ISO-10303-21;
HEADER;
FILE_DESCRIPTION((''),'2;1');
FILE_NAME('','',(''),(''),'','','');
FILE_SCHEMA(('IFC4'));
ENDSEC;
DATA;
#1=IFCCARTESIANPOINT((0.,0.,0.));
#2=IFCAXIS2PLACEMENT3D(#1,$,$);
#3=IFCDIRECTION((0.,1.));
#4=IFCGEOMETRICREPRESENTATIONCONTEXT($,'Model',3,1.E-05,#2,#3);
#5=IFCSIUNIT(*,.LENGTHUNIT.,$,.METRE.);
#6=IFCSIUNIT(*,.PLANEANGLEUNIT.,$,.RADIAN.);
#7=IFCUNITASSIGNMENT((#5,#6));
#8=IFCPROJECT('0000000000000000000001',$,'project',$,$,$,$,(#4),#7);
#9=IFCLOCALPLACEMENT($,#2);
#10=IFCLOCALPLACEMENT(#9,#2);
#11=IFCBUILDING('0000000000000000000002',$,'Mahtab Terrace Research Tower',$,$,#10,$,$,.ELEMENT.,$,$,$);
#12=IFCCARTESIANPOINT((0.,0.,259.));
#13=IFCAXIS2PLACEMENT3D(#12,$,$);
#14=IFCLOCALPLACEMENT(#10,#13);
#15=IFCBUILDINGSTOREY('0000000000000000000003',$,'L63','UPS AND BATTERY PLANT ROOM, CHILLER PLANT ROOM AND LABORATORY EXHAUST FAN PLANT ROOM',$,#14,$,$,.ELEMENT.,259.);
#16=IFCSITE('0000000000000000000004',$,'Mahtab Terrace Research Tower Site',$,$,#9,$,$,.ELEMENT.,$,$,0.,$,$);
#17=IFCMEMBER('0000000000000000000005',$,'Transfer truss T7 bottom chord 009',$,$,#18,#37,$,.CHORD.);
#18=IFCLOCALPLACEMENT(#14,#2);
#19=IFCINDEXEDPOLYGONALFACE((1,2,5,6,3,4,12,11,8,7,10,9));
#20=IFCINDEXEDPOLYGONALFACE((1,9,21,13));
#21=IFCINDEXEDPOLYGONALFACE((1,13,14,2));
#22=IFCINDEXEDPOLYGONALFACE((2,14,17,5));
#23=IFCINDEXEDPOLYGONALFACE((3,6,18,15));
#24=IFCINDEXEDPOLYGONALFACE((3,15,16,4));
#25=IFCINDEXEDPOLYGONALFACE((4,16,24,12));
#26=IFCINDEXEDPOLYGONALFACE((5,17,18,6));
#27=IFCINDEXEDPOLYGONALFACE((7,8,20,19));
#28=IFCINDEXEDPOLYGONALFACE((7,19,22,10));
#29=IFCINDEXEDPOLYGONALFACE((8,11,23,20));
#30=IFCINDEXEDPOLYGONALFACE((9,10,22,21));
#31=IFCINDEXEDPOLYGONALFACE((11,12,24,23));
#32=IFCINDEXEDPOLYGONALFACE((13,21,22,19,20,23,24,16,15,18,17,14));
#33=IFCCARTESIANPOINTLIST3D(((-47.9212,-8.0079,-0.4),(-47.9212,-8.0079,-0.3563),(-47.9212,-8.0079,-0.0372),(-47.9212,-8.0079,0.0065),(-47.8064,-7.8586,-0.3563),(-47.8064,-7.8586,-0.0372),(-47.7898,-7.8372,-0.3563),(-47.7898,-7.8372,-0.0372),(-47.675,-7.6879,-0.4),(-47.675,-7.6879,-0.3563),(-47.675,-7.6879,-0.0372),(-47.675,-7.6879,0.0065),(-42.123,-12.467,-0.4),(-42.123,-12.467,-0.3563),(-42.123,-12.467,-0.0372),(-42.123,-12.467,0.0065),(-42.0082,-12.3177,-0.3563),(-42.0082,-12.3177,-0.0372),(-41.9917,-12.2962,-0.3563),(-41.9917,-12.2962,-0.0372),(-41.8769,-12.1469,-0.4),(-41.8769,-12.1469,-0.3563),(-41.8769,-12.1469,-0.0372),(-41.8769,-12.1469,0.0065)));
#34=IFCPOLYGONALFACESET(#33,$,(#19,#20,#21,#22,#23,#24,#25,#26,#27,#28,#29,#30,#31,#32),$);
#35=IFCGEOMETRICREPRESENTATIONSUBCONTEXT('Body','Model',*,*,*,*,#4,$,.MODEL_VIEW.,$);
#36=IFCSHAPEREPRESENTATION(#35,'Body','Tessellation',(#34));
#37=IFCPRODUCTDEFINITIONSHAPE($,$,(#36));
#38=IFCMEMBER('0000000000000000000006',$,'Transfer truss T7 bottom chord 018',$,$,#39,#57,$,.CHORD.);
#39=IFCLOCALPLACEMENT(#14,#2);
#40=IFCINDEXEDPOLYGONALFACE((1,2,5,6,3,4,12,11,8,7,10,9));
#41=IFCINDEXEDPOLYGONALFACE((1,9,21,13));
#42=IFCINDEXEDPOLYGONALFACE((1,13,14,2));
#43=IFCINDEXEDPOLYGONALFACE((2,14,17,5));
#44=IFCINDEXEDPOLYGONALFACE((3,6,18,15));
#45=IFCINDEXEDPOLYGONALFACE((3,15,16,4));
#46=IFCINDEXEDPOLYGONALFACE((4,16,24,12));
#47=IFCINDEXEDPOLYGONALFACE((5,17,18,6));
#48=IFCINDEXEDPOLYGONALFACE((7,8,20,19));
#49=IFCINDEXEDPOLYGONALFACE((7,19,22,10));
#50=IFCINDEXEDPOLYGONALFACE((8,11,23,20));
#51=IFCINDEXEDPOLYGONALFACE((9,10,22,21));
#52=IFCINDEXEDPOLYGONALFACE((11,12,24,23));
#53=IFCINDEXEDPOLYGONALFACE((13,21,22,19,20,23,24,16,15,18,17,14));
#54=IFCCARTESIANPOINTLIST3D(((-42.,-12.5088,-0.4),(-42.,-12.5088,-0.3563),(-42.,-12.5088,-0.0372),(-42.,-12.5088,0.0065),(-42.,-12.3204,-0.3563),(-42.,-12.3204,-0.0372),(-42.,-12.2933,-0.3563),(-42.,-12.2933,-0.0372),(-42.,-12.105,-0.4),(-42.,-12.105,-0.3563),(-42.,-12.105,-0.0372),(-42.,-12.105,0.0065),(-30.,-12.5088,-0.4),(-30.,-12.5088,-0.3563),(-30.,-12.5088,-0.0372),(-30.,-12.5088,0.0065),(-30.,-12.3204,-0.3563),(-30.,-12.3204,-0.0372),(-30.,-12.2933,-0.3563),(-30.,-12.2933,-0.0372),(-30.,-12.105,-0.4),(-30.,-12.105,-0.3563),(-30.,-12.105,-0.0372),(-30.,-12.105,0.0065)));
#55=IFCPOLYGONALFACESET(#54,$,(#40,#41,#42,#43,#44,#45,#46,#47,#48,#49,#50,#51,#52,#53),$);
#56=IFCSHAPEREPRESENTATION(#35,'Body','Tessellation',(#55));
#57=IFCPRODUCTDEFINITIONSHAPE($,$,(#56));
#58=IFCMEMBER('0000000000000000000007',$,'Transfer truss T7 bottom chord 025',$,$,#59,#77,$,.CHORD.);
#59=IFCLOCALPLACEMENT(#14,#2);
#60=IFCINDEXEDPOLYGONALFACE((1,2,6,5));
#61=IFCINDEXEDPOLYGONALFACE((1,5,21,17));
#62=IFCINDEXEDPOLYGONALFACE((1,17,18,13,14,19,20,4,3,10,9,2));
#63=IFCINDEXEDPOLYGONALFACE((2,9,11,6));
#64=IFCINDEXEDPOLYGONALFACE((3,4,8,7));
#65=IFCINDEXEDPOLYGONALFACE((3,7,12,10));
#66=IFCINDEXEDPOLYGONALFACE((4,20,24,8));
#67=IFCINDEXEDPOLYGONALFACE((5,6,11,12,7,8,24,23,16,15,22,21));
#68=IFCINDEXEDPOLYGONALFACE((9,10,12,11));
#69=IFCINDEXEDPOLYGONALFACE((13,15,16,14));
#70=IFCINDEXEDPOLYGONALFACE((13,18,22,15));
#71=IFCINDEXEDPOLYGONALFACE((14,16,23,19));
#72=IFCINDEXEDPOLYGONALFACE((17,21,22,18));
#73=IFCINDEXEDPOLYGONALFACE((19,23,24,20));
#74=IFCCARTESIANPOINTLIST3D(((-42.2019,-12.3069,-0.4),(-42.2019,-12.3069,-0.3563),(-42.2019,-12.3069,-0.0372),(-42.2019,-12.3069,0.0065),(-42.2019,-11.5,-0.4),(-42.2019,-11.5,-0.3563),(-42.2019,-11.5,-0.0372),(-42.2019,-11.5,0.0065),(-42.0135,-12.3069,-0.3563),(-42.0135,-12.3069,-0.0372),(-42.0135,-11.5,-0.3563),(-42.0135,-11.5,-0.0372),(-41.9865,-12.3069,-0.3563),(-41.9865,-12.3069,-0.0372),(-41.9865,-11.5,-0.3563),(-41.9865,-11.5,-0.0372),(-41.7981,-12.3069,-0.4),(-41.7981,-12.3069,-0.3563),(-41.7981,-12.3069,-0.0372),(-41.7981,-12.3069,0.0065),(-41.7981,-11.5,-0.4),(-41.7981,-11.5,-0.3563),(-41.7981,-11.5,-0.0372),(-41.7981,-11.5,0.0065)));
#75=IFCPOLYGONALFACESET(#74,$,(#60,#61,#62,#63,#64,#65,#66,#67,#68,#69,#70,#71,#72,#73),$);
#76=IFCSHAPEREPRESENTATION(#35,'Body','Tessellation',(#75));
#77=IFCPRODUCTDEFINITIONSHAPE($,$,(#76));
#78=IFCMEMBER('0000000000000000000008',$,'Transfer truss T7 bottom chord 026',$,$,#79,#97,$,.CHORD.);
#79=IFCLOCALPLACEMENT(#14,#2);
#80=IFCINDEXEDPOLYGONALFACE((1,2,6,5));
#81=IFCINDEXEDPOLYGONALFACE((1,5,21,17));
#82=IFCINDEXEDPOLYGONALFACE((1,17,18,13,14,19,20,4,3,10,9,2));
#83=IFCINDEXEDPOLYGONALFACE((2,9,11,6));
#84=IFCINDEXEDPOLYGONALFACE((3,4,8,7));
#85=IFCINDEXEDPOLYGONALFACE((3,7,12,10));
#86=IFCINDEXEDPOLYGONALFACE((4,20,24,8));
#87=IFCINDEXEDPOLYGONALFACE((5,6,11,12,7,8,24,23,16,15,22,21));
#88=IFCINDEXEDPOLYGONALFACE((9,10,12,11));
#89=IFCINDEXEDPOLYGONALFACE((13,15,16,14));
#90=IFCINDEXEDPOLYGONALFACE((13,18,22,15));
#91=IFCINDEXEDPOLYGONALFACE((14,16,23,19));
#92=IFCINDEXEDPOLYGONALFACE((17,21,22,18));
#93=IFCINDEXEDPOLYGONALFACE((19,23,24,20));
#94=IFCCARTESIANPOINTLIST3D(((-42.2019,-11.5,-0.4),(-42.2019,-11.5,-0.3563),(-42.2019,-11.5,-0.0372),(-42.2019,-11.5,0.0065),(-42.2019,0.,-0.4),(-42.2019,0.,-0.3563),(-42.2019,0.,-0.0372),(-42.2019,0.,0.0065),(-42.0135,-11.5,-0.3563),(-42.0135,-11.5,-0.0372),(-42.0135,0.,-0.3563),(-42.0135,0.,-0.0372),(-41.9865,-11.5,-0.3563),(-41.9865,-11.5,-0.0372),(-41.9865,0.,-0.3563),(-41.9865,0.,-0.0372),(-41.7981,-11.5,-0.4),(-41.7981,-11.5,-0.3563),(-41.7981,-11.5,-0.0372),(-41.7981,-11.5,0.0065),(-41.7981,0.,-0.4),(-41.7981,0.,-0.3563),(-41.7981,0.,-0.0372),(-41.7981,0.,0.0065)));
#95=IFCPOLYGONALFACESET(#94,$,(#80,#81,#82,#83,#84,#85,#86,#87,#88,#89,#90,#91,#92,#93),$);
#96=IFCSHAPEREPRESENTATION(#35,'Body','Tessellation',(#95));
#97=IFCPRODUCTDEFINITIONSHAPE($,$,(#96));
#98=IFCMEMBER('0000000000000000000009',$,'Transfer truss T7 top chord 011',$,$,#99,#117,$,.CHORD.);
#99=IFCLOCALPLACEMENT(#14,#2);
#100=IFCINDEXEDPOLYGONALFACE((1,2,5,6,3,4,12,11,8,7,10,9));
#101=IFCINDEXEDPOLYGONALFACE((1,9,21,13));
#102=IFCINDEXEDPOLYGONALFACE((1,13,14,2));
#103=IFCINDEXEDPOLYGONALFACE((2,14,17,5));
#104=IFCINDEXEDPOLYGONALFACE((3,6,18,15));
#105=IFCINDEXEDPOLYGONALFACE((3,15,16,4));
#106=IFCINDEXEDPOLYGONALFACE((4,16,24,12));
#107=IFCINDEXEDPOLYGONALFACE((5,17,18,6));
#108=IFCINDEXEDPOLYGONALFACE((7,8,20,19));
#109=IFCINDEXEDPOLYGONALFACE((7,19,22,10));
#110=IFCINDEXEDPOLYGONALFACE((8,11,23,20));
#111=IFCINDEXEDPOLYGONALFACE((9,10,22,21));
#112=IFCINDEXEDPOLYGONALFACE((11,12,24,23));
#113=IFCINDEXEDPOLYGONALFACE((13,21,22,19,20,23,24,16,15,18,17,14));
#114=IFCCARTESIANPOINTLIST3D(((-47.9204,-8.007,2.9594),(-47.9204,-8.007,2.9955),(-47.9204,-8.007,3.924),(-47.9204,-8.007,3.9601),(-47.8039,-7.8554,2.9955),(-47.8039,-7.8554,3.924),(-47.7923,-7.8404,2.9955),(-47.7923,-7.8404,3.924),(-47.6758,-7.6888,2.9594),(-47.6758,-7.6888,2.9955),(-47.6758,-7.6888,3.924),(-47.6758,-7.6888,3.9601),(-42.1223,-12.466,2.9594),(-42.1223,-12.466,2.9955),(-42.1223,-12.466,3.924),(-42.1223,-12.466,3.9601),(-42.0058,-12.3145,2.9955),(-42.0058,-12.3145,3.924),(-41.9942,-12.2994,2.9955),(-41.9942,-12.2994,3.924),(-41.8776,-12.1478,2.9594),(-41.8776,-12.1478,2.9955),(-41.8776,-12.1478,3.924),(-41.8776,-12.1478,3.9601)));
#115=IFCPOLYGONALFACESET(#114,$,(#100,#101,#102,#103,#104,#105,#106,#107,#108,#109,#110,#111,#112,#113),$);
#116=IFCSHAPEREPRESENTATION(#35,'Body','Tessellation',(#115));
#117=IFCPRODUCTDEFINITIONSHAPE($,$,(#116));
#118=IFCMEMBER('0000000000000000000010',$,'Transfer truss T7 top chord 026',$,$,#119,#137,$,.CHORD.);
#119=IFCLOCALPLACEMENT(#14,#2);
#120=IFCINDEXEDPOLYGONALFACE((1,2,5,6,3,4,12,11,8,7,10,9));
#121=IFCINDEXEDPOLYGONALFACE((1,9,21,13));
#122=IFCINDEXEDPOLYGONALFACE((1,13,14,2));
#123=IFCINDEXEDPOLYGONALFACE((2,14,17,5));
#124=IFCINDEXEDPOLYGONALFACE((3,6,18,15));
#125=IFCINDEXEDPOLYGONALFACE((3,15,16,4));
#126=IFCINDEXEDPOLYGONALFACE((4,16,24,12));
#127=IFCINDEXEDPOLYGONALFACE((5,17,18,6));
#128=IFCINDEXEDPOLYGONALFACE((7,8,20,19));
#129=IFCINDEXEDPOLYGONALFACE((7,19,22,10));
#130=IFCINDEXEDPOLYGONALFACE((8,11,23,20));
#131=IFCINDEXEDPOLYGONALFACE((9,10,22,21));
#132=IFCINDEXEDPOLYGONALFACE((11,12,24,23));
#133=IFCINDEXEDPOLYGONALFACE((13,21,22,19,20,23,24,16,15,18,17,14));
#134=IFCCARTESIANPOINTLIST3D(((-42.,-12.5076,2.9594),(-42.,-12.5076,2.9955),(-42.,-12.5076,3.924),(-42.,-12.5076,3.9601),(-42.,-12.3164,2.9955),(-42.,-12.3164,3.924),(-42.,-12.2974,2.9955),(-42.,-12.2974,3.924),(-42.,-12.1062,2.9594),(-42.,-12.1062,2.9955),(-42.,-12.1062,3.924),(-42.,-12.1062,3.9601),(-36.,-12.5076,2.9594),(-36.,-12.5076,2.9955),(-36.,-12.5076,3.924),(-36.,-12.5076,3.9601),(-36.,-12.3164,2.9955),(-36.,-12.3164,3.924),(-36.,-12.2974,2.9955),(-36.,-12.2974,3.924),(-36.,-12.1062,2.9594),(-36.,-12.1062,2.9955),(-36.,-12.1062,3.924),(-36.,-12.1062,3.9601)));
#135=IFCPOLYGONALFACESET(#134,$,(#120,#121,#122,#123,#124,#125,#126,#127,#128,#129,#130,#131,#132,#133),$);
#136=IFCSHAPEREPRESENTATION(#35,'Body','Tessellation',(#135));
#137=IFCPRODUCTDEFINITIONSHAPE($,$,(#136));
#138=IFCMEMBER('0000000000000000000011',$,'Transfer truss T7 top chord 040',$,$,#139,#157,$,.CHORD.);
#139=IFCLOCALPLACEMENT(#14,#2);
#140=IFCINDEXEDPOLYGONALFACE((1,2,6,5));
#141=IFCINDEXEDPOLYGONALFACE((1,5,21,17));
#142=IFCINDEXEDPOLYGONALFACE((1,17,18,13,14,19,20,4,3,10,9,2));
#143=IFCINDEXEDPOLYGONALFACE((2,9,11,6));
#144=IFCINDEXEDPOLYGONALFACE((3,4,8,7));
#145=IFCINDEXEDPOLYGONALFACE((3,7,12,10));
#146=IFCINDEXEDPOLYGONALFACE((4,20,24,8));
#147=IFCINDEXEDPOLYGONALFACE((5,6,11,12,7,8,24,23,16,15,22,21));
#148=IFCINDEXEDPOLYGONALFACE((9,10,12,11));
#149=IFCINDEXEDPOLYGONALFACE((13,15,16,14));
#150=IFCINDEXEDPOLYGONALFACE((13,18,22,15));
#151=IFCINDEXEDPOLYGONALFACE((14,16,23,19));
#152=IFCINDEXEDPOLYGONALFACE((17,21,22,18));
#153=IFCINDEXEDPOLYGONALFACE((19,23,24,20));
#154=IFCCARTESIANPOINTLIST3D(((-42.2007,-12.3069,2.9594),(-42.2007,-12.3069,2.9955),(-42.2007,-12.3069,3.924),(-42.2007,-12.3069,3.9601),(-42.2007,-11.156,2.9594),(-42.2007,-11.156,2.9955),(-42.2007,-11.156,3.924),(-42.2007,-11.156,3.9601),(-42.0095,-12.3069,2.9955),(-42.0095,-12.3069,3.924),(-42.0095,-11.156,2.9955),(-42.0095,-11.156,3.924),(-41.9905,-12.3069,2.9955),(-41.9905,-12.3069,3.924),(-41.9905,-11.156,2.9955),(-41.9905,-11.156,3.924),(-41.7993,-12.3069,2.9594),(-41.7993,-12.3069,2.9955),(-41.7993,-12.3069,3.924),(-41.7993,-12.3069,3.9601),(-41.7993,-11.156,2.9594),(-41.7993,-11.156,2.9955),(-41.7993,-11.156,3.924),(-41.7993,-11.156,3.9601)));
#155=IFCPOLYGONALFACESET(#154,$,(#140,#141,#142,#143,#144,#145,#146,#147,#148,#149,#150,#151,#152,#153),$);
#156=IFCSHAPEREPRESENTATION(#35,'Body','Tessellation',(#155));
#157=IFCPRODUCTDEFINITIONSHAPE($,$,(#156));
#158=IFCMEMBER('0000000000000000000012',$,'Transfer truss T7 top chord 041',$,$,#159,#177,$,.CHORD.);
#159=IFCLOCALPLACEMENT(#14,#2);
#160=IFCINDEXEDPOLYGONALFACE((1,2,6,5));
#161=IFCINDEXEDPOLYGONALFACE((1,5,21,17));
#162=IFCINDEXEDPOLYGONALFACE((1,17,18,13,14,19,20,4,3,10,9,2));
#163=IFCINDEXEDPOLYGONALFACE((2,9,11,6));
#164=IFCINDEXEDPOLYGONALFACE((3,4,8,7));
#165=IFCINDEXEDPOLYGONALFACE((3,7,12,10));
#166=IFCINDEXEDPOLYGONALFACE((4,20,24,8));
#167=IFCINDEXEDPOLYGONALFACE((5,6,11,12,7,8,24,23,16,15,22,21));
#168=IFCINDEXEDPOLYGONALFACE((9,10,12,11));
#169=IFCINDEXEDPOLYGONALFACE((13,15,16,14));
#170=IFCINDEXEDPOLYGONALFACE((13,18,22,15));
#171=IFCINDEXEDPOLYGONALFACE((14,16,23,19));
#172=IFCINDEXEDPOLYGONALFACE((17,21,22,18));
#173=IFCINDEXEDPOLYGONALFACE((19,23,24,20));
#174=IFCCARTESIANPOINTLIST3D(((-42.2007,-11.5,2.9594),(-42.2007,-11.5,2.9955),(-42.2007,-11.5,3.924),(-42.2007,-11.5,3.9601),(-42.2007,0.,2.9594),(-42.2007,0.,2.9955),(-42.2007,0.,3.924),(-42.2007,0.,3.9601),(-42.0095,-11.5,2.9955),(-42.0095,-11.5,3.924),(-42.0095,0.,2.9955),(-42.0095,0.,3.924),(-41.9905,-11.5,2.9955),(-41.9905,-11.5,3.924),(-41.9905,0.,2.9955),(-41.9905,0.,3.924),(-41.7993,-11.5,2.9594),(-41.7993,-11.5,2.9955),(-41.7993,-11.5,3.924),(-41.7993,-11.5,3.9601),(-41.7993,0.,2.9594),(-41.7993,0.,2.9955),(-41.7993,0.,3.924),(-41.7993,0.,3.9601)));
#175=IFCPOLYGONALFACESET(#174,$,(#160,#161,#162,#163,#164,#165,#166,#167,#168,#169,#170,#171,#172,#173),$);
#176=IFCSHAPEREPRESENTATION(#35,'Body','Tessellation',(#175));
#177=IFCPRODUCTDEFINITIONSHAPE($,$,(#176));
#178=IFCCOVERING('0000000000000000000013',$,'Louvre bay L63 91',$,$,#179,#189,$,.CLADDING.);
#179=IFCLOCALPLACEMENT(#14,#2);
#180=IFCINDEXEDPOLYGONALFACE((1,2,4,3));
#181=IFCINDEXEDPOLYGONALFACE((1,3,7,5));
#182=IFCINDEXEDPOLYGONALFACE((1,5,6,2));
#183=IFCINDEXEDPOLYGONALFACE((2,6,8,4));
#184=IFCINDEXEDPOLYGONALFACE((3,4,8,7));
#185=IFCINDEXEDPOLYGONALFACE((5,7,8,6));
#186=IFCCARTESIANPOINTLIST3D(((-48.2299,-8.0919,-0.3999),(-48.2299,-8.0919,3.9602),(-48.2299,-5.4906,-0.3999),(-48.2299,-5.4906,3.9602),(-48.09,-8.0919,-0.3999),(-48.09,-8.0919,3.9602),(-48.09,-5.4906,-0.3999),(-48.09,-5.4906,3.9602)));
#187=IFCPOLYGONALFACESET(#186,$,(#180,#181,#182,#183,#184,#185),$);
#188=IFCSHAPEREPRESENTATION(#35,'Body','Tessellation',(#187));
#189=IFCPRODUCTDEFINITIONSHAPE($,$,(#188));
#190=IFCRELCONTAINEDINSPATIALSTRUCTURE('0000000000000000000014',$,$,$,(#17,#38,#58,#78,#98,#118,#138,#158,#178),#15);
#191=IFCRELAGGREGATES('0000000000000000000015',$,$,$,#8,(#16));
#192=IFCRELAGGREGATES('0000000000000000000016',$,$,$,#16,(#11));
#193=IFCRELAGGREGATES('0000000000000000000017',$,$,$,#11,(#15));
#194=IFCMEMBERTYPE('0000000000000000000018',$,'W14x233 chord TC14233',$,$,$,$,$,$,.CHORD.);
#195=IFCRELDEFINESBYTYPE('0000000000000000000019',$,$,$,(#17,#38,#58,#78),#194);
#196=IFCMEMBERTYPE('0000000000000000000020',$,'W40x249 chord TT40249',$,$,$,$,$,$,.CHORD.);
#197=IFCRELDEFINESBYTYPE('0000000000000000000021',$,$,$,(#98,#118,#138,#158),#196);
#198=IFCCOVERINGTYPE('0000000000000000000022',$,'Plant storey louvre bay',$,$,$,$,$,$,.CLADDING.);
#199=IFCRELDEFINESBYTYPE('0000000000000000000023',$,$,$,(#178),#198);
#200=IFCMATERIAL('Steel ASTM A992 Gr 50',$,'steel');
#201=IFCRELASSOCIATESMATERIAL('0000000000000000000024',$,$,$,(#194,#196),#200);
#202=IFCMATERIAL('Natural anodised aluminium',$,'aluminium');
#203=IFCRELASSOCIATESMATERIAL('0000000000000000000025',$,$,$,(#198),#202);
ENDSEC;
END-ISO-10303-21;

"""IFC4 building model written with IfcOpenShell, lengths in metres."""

from ifc_helpers import new_model, si_unit, direction, frame, origin, origin_2d, place, context, subcontext, project, spatial, rectangle, i_section, extrude, material, material_profile, profile_set, type_object, element, save


model = new_model("IFC4")

# Units and contexts
model_context = context("Model", 3, precision=1e-05, world=origin(), true_north=direction((0.0, 1.0)))
body_context = subcontext(model_context, "Body", "Model", "MODEL_VIEW")
ifc_project = project(units=[si_unit("LENGTHUNIT", "METRE"), si_unit("PLANEANGLEUNIT", "RADIAN")], contexts=[model_context])

# Site, building, storey
site_placement = place(None, origin())
site = spatial("IfcSite", under=ifc_project, at=site_placement, Name="Mahtab Terrace Research Tower Site", CompositionType="ELEMENT", RefElevation=0.0)
building_placement = place(site_placement, origin())
building = spatial("IfcBuilding", under=site, at=building_placement, Name="Mahtab Terrace Research Tower", CompositionType="ELEMENT")
storey_placement = place(building_placement, frame((0.0, 0.0, 259.0)))
storey = spatial("IfcBuildingStorey", under=building, at=storey_placement, Name="L63", Description="UPS AND BATTERY PLANT ROOM, CHILLER PLANT ROOM AND LABORATORY EXHAUST FAN PLANT ROOM", CompositionType="ELEMENT", Elevation=259.0)

# Members
ifc_material_1 = material(Name="Steel ASTM A992 Gr 50", Category="steel")
ifc_material_profile_1 = material_profile(ifc_material_1, i_section(OverallWidth=0.4038, OverallDepth=0.4065, WebThickness=0.0271, FlangeThickness=0.0437, at=origin_2d()), Name="W14X233")
ifc_profile_set_1 = profile_set([ifc_material_profile_1], Name="Steel ASTM A992 Gr 50")
member_type_1 = type_object("IfcMemberType", Name="W14x233 chord TC14233", PredefinedType="CHORD", material=ifc_profile_set_1)
member_1_placement = place(storey_placement, frame((-47.7981, -7.8479, -0.1968), z_axis=(0.792696, -0.609617, 0.0), x_axis=(0.609617, 0.792696, 0.0)))
element("IfcMember", 1, at=member_1_placement, inside=storey, type_object=member_type_1, Name="Transfer truss T7 bottom chord 009", PredefinedType="CHORD", context=body_context, shape_type="SweptSolid", body=[
    extrude(i_section(OverallWidth=0.4038, OverallDepth=0.4065, WebThickness=0.0271, FlangeThickness=0.0437, at=origin_2d()), origin(), (0.0, 0.0, 1.0), 7.3145),
])
member_2_placement = place(storey_placement, frame((-42.0, -12.3069, -0.1968), z_axis=(1.0, 0.0, 0.0), x_axis=(0.0, 1.0, 0.0)))
element("IfcMember", 2, at=member_2_placement, inside=storey, type_object=member_type_1, Name="Transfer truss T7 bottom chord 018", PredefinedType="CHORD", context=body_context, shape_type="SweptSolid", body=[
    extrude(i_section(OverallWidth=0.4038, OverallDepth=0.4065, WebThickness=0.0271, FlangeThickness=0.0437, at=origin_2d()), origin(), (0.0, 0.0, 1.0), 12.0),
])
member_3_placement = place(storey_placement, frame((-42.0, -12.3069, -0.1968), z_axis=(0.0, 1.0, 0.0), x_axis=(-1.0, 0.0, 0.0)))
element("IfcMember", 3, at=member_3_placement, inside=storey, type_object=member_type_1, Name="Transfer truss T7 bottom chord 025", PredefinedType="CHORD", context=body_context, shape_type="SweptSolid", body=[
    extrude(i_section(OverallWidth=0.4038, OverallDepth=0.4065, WebThickness=0.0271, FlangeThickness=0.0437, at=origin_2d()), origin(), (0.0, 0.0, 1.0), 0.8069),
])
member_4_placement = place(storey_placement, frame((-42.0, -11.5, -0.1968), z_axis=(0.0, 1.0, 0.0), x_axis=(-1.0, 0.0, 0.0)))
element("IfcMember", 4, at=member_4_placement, inside=storey, type_object=member_type_1, Name="Transfer truss T7 bottom chord 026", PredefinedType="CHORD", context=body_context, shape_type="SweptSolid", body=[
    extrude(i_section(OverallWidth=0.4038, OverallDepth=0.4065, WebThickness=0.0271, FlangeThickness=0.0437, at=origin_2d()), origin(), (0.0, 0.0, 1.0), 11.5),
])
ifc_material_profile_2 = material_profile(ifc_material_1, i_section(OverallWidth=0.4014, OverallDepth=1.0007, WebThickness=0.019, FlangeThickness=0.0361, at=origin_2d()), Name="W40X249")
ifc_profile_set_2 = profile_set([ifc_material_profile_2], Name="Steel ASTM A992 Gr 50")
member_type_2 = type_object("IfcMemberType", Name="W40x249 chord TT40249", PredefinedType="CHORD", material=ifc_profile_set_2)
member_5_placement = place(storey_placement, frame((-47.7981, -7.8479, 3.4597), z_axis=(0.792696, -0.609617, 0.0), x_axis=(0.609617, 0.792696, 0.0)))
element("IfcMember", 5, at=member_5_placement, inside=storey, type_object=member_type_2, Name="Transfer truss T7 top chord 011", PredefinedType="CHORD", context=body_context, shape_type="SweptSolid", body=[
    extrude(i_section(OverallWidth=0.4014, OverallDepth=1.0007, WebThickness=0.019, FlangeThickness=0.0361, at=origin_2d()), origin(), (0.0, 0.0, 1.0), 7.3145),
])
member_6_placement = place(storey_placement, frame((-42.0, -12.3069, 3.4597), z_axis=(1.0, 0.0, 0.0), x_axis=(0.0, 1.0, 0.0)))
element("IfcMember", 6, at=member_6_placement, inside=storey, type_object=member_type_2, Name="Transfer truss T7 top chord 026", PredefinedType="CHORD", context=body_context, shape_type="SweptSolid", body=[
    extrude(i_section(OverallWidth=0.4014, OverallDepth=1.0007, WebThickness=0.019, FlangeThickness=0.0361, at=origin_2d()), origin(), (0.0, 0.0, 1.0), 6.0),
])
member_7_placement = place(storey_placement, frame((-42.0, -12.3069, 3.4597), z_axis=(0.0, 1.0, 0.0), x_axis=(-1.0, 0.0, 0.0)))
element("IfcMember", 7, at=member_7_placement, inside=storey, type_object=member_type_2, Name="Transfer truss T7 top chord 040", PredefinedType="CHORD", context=body_context, shape_type="SweptSolid", body=[
    extrude(i_section(OverallWidth=0.4014, OverallDepth=1.0007, WebThickness=0.019, FlangeThickness=0.0361, at=origin_2d()), origin(), (0.0, 0.0, 1.0), 1.1509),
])
member_8_placement = place(storey_placement, frame((-42.0, -11.5, 3.4597), z_axis=(0.0, 1.0, 0.0), x_axis=(-1.0, 0.0, 0.0)))
element("IfcMember", 8, at=member_8_placement, inside=storey, type_object=member_type_2, Name="Transfer truss T7 top chord 041", PredefinedType="CHORD", context=body_context, shape_type="SweptSolid", body=[
    extrude(i_section(OverallWidth=0.4014, OverallDepth=1.0007, WebThickness=0.019, FlangeThickness=0.0361, at=origin_2d()), origin(), (0.0, 0.0, 1.0), 11.5),
])

# Covering
ifc_material_2 = material(Name="Natural anodised aluminium", Category="aluminium")
covering_type = type_object("IfcCoveringType", Name="Plant storey louvre bay", PredefinedType="CLADDING", material=ifc_material_2)
covering_placement = place(storey_placement, frame((-48.1599, -6.7913, -0.3999), z_axis=(0.0, 0.0, 1.0), x_axis=(0.0, -1.0, 0.0)))
element("IfcCovering", 9, at=covering_placement, inside=storey, type_object=covering_type, Name="Louvre bay L63 91", PredefinedType="CLADDING", context=body_context, shape_type="SweptSolid", body=[
    extrude(rectangle(XDim=2.6013, YDim=0.1399, at=origin_2d()), origin(), (0.0, 0.0, 1.0), 4.3601),
])

save(model, "model.ifc")
